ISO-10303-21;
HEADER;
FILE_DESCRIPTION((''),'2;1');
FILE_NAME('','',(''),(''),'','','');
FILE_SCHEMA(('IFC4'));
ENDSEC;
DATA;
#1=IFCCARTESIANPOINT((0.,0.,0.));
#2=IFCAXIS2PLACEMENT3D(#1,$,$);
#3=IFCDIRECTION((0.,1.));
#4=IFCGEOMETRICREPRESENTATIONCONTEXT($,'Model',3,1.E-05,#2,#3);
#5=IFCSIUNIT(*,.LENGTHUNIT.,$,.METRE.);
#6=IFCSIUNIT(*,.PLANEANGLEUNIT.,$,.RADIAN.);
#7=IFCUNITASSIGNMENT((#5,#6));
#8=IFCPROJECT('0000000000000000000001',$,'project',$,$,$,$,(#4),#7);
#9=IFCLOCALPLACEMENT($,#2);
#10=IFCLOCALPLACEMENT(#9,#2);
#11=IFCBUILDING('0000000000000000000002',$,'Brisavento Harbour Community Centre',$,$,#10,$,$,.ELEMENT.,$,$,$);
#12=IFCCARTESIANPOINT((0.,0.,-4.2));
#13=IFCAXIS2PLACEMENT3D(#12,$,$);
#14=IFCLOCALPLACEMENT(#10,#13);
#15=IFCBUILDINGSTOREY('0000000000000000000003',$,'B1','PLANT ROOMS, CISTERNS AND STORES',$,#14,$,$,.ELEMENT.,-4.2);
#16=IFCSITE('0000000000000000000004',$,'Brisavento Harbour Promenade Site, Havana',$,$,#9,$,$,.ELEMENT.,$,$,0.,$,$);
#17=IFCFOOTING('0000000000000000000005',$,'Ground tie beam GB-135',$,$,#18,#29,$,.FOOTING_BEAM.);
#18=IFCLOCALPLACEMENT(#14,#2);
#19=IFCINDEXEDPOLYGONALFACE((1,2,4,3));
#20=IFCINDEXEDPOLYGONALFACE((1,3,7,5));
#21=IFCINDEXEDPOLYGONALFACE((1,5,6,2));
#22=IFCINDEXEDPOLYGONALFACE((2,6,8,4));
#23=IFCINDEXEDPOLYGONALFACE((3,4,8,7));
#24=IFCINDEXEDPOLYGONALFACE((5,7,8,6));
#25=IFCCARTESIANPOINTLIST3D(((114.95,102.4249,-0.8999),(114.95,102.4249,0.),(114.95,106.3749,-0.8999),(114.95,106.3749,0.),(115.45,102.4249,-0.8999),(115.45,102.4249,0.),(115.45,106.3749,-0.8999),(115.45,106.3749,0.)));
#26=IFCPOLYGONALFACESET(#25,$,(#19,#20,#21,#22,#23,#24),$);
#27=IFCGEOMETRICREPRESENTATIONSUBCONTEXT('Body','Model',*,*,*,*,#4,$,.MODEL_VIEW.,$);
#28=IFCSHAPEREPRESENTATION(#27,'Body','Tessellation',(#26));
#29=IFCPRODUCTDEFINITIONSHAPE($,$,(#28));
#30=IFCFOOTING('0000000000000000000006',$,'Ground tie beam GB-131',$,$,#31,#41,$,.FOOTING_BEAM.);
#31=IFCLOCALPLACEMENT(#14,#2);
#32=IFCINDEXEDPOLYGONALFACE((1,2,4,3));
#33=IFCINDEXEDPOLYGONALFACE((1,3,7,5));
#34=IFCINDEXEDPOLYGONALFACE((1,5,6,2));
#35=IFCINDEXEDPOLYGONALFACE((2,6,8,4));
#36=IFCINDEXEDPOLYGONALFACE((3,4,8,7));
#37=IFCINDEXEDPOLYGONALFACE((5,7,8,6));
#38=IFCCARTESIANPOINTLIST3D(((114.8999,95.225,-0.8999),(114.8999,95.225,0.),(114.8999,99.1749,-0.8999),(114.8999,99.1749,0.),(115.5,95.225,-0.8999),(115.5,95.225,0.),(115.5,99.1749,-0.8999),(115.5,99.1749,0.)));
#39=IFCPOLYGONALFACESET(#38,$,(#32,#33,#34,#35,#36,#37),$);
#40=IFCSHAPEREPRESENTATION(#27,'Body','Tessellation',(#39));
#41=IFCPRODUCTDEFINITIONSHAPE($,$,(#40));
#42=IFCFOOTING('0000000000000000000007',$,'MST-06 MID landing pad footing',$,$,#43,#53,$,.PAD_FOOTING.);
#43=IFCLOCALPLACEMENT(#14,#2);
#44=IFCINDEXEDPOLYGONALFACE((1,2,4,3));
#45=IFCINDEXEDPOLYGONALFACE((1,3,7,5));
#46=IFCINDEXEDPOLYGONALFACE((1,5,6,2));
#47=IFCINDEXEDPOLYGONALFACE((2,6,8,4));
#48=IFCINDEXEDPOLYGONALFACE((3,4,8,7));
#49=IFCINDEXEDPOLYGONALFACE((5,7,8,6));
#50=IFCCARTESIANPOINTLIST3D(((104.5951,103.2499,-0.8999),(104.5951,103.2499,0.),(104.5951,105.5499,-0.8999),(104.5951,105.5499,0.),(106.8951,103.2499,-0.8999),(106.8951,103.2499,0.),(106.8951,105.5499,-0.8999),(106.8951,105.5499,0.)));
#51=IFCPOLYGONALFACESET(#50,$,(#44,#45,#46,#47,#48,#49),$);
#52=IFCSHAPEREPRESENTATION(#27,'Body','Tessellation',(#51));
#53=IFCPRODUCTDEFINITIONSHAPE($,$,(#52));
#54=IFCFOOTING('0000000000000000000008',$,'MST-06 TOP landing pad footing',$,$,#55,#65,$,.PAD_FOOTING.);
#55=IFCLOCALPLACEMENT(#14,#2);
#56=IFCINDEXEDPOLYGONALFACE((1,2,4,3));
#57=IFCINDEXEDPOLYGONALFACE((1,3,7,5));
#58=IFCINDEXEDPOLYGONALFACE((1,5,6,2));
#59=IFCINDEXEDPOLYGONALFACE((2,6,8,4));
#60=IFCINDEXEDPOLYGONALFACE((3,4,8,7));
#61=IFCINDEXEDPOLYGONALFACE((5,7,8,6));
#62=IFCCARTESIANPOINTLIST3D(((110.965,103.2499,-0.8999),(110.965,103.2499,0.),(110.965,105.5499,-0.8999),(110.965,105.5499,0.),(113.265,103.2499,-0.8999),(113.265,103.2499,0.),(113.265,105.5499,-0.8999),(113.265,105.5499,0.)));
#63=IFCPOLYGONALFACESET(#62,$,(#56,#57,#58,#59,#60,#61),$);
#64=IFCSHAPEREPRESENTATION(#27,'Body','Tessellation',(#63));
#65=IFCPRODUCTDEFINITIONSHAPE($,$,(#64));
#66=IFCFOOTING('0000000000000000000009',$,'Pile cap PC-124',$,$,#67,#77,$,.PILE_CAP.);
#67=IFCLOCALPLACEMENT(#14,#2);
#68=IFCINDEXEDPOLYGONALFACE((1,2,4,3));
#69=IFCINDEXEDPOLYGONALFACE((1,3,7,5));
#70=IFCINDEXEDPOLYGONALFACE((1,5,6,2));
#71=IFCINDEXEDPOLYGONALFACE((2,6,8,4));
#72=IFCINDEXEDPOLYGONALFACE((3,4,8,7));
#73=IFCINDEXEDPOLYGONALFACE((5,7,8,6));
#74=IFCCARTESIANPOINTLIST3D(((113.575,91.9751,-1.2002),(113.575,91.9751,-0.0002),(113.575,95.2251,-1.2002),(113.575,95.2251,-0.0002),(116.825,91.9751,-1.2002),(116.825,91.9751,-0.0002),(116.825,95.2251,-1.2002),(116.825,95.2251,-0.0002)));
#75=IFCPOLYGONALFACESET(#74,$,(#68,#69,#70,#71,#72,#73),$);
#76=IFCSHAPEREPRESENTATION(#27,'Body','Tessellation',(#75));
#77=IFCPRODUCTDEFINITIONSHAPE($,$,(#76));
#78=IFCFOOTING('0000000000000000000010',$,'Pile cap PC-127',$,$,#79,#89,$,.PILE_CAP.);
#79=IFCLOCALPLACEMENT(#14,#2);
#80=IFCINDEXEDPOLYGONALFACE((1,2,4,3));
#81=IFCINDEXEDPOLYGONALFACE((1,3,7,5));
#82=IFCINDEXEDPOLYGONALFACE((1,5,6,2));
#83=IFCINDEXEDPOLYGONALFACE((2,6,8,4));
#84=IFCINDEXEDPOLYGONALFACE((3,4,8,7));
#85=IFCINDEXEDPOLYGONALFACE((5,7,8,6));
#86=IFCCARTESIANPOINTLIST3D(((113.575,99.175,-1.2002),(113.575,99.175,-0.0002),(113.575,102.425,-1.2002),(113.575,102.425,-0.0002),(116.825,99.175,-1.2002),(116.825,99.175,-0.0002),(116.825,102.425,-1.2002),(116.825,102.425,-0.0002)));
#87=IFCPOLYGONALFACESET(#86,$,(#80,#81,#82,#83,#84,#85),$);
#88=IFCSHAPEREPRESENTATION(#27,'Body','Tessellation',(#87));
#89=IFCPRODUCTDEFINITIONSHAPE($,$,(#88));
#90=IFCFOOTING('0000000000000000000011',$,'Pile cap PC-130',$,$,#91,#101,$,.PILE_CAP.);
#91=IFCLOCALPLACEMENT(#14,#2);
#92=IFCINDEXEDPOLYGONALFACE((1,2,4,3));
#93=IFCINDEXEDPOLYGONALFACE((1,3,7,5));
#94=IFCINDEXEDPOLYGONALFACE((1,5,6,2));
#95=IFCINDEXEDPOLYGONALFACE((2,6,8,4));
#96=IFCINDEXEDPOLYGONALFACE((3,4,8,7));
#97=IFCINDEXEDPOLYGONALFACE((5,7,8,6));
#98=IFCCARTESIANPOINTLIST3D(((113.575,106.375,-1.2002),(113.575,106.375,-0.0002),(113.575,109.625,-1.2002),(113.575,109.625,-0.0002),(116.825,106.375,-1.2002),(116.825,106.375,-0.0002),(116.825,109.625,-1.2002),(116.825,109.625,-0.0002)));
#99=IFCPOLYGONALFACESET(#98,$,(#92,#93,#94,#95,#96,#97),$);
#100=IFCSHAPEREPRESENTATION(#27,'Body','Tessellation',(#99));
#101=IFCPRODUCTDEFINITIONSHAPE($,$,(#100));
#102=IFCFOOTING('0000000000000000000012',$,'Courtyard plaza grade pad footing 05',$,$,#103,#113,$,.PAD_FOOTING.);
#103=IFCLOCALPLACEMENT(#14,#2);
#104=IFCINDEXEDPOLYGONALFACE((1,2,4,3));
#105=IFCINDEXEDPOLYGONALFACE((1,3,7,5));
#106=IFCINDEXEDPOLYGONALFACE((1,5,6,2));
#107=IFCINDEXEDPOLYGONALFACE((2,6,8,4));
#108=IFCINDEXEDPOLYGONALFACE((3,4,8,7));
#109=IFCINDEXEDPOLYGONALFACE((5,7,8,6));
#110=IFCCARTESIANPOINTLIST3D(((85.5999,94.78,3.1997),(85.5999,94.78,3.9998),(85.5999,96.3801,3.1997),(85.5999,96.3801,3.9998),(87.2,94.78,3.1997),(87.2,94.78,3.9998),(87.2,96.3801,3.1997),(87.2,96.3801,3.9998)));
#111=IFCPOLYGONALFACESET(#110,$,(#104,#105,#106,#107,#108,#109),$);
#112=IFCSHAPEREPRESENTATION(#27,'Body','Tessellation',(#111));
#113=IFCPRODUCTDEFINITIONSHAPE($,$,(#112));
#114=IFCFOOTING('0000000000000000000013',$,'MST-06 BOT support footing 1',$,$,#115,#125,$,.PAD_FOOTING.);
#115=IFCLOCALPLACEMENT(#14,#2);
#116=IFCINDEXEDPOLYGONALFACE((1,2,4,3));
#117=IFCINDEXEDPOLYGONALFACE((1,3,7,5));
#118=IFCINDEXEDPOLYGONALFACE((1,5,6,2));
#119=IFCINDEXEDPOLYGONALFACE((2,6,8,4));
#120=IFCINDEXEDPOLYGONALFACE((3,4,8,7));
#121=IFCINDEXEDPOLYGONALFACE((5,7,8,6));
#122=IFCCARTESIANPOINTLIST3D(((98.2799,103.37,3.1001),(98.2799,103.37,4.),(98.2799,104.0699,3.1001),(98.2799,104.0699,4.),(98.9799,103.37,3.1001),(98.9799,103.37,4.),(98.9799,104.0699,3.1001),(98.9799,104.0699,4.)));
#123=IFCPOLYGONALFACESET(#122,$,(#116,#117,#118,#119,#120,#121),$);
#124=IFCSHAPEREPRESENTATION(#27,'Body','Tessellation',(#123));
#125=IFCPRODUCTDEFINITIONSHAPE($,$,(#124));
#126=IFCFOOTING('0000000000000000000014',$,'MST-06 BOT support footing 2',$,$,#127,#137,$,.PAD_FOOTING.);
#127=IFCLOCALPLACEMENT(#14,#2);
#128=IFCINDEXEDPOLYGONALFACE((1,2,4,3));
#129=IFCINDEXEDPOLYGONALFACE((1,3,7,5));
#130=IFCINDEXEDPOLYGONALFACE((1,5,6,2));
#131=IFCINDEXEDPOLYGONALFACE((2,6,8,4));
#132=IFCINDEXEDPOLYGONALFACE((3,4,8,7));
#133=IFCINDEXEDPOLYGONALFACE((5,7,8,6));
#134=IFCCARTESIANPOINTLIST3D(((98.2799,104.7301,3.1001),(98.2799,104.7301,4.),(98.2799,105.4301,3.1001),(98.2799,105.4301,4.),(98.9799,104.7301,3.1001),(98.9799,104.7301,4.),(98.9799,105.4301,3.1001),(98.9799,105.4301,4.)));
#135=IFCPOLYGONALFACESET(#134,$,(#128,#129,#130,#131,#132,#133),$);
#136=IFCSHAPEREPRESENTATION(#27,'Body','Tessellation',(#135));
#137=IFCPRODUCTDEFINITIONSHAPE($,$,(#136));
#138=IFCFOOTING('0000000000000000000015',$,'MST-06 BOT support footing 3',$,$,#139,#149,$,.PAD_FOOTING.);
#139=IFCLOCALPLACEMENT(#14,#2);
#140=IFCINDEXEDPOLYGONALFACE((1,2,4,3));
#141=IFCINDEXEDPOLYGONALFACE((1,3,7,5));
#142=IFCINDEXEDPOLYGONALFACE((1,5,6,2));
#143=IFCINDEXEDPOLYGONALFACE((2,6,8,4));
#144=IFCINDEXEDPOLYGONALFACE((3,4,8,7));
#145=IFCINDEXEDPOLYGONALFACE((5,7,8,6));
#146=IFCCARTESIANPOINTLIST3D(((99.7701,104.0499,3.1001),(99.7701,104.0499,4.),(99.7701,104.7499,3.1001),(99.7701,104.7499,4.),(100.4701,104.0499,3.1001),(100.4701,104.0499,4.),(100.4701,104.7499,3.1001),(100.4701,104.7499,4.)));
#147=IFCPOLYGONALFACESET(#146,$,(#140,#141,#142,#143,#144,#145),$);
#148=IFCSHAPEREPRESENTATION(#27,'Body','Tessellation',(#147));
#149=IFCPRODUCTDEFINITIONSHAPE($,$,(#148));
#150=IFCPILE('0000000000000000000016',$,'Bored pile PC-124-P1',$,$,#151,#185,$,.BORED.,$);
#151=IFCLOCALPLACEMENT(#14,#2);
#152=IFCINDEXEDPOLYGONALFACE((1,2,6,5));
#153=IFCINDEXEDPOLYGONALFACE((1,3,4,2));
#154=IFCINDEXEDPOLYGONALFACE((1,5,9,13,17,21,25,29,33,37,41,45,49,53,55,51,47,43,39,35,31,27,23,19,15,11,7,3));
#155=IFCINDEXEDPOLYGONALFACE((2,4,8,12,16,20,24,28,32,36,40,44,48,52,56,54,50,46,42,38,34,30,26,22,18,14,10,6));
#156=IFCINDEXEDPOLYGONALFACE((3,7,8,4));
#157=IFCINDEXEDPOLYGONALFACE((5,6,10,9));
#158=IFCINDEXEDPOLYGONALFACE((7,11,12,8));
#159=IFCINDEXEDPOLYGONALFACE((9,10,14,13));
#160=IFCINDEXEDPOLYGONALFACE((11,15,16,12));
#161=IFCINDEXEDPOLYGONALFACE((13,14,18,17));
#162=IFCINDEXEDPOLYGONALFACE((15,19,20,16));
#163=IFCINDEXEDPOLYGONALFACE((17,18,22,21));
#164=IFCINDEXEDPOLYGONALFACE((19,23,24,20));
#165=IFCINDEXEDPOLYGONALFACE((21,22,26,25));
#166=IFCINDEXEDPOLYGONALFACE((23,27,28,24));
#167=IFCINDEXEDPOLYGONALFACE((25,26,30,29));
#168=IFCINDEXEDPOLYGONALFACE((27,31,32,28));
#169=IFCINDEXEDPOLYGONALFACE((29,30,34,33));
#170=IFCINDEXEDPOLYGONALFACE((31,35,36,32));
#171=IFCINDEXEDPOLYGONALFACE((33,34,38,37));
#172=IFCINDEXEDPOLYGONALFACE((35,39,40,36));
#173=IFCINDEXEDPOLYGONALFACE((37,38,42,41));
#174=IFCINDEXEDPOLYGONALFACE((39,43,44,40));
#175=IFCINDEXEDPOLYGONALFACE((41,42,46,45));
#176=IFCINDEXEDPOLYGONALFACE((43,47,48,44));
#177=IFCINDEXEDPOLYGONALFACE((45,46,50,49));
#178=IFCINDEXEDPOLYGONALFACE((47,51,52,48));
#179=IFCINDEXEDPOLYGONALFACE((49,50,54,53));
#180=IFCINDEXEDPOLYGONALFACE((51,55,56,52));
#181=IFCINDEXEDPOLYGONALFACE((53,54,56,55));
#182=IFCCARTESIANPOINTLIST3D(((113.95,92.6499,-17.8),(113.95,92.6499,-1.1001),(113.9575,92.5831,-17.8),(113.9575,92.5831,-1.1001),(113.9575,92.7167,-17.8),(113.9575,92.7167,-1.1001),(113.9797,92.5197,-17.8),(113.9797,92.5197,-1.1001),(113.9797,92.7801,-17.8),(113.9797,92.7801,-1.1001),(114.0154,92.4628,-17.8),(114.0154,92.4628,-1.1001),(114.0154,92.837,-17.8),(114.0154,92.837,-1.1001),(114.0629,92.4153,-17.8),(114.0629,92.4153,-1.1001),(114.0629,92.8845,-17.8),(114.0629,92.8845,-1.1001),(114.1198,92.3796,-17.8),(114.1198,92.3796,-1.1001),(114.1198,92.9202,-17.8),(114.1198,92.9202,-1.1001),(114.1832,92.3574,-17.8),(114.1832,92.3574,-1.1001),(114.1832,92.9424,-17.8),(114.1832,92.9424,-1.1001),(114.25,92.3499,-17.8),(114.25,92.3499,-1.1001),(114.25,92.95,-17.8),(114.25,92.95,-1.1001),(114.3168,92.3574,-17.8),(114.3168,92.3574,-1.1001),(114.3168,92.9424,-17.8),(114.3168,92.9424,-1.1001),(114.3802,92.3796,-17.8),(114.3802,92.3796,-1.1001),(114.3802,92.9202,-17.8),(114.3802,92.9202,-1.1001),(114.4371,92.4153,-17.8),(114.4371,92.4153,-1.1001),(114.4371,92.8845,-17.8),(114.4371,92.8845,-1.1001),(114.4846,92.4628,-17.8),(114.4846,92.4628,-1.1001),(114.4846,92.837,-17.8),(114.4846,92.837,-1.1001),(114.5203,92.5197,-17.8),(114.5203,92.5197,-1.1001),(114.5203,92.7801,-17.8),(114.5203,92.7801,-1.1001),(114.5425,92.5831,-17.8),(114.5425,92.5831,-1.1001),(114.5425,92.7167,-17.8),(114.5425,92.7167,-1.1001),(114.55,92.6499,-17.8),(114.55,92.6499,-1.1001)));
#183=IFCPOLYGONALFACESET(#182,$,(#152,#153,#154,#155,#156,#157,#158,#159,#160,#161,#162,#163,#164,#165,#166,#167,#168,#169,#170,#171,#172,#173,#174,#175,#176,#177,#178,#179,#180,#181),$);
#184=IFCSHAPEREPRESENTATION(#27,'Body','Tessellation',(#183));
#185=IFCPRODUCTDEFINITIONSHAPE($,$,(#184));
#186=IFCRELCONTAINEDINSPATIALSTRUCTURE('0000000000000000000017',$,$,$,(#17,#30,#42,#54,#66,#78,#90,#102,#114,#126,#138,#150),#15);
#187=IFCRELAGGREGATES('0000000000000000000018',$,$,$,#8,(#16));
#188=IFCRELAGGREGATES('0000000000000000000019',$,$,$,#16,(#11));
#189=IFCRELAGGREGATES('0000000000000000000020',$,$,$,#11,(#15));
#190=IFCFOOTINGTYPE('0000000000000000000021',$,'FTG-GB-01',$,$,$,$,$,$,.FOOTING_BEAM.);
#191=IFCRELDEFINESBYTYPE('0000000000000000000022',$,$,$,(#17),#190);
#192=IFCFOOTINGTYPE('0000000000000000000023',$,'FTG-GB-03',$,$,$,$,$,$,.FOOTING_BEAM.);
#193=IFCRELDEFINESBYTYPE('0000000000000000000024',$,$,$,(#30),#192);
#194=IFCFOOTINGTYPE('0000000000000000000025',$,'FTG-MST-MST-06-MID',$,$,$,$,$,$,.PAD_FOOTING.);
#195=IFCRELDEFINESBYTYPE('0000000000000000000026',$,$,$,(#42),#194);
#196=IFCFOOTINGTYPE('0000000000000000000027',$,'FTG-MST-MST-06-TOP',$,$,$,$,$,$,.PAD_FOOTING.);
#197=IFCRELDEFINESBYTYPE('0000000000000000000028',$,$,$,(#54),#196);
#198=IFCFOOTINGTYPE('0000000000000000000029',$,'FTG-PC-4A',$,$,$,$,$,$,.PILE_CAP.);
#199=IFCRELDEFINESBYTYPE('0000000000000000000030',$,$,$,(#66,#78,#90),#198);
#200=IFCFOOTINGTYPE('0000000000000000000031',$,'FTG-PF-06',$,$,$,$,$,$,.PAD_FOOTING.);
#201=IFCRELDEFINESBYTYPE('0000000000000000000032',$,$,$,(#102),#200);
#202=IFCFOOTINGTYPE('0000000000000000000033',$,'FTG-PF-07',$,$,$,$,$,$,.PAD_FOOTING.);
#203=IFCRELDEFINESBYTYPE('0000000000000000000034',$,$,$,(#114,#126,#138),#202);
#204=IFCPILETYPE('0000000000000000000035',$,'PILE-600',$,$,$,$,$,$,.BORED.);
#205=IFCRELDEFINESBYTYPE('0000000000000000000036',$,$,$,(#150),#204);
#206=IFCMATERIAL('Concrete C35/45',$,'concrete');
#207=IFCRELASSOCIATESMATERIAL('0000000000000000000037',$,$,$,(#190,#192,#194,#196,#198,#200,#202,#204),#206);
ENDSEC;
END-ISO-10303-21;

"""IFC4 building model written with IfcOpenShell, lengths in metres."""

from ifc_helpers import new_model, si_unit, direction, frame, origin, origin_2d, place, context, subcontext, project, spatial, rectangle, circle, extrude, material, material_profile, profile_set, type_object, element, save


model = new_model("IFC4")

# Units and contexts
model_context = context("Model", 3, precision=1e-05, world=origin(), true_north=direction((0.0, 1.0)))
body_context = subcontext(model_context, "Body", "Model", "MODEL_VIEW")
ifc_project = project(units=[si_unit("LENGTHUNIT", "METRE"), si_unit("PLANEANGLEUNIT", "RADIAN")], contexts=[model_context])

# Site, building, storey
site_placement = place(None, origin())
site = spatial("IfcSite", under=ifc_project, at=site_placement, Name="Brisavento Harbour Promenade Site, Havana", CompositionType="ELEMENT", RefElevation=0.0)
building_placement = place(site_placement, origin())
building = spatial("IfcBuilding", under=site, at=building_placement, Name="Brisavento Harbour Community Centre", CompositionType="ELEMENT")
storey_placement = place(building_placement, frame((0.0, 0.0, -4.2)))
storey = spatial("IfcBuildingStorey", under=building, at=storey_placement, Name="B1", Description="PLANT ROOMS, CISTERNS AND STORES", CompositionType="ELEMENT", Elevation=-4.2)

# Footings
ifc_material_1 = material(Name="Concrete C35/45", Category="concrete")
footing_type_1 = type_object("IfcFootingType", Name="FTG-GB-01", PredefinedType="FOOTING_BEAM", material=ifc_material_1)
footing_1_placement = place(storey_placement, frame((115.2, 104.3999, -0.8999), z_axis=(0.0, 0.0, 1.0), x_axis=(1.0, 0.0, 0.0)))
element("IfcFooting", 1, at=footing_1_placement, inside=storey, type_object=footing_type_1, Name="Ground tie beam GB-135", PredefinedType="FOOTING_BEAM", context=body_context, shape_type="SweptSolid", body=[
    extrude(rectangle(XDim=0.5, YDim=3.95, at=origin_2d()), origin(), (0.0, 0.0, 1.0), 0.8999),
])
footing_type_2 = type_object("IfcFootingType", Name="FTG-GB-03", PredefinedType="FOOTING_BEAM", material=ifc_material_1)
footing_2_placement = place(storey_placement, frame((115.2, 97.2, -0.8999), z_axis=(0.0, 0.0, 1.0), x_axis=(1.0, 0.0, 0.0)))
element("IfcFooting", 2, at=footing_2_placement, inside=storey, type_object=footing_type_2, Name="Ground tie beam GB-131", PredefinedType="FOOTING_BEAM", context=body_context, shape_type="SweptSolid", body=[
    extrude(rectangle(XDim=0.6001, YDim=3.95, at=origin_2d()), origin(), (0.0, 0.0, 1.0), 0.8999),
])
footing_type_3 = type_object("IfcFootingType", Name="FTG-MST-MST-06-MID", PredefinedType="PAD_FOOTING", material=ifc_material_1)
footing_3_placement = place(storey_placement, frame((105.7451, 104.3999, -0.8999), z_axis=(0.0, 0.0, 1.0), x_axis=(1.0, 0.0, 0.0)))
element("IfcFooting", 3, at=footing_3_placement, inside=storey, type_object=footing_type_3, Name="MST-06 MID landing pad footing", PredefinedType="PAD_FOOTING", context=body_context, shape_type="SweptSolid", body=[
    extrude(rectangle(XDim=2.3, YDim=2.3, at=origin_2d()), origin(), (0.0, 0.0, 1.0), 0.8999),
])
footing_type_4 = type_object("IfcFootingType", Name="FTG-MST-MST-06-TOP", PredefinedType="PAD_FOOTING", material=ifc_material_1)
footing_4_placement = place(storey_placement, frame((112.115, 104.3999, -0.8999), z_axis=(0.0, 0.0, 1.0), x_axis=(1.0, 0.0, 0.0)))
element("IfcFooting", 4, at=footing_4_placement, inside=storey, type_object=footing_type_4, Name="MST-06 TOP landing pad footing", PredefinedType="PAD_FOOTING", context=body_context, shape_type="SweptSolid", body=[
    extrude(rectangle(XDim=2.3, YDim=2.3, at=origin_2d()), origin(), (0.0, 0.0, 1.0), 0.8999),
])
footing_type_5 = type_object("IfcFootingType", Name="FTG-PC-4A", PredefinedType="PILE_CAP", material=ifc_material_1)
for number, where, z_axis, x_axis, name in (
    (5, (115.2, 93.6001, -1.2002), (0.0, 0.0, 1.0), (1.0, 0.0, 0.0), "Pile cap PC-124"),
    (6, (115.2, 100.8, -1.2002), (0.0, 0.0, 1.0), (1.0, 0.0, 0.0), "Pile cap PC-127"),
    (7, (115.2, 108.0, -1.2002), (0.0, 0.0, 1.0), (1.0, 0.0, 0.0), "Pile cap PC-130"),
):
    element("IfcFooting", number, at=place(storey_placement, frame(where, z_axis=z_axis, x_axis=x_axis)), inside=storey, type_object=footing_type_5, Name=name, PredefinedType="PILE_CAP", context=body_context, shape_type="SweptSolid", body=[
        extrude(rectangle(XDim=3.25, YDim=3.25, at=origin_2d()), origin(), (0.0, 0.0, 1.0), 1.2),
    ])
footing_type_6 = type_object("IfcFootingType", Name="FTG-PF-06", PredefinedType="PAD_FOOTING", material=ifc_material_1)
footing_5_placement = place(storey_placement, frame((86.3999, 95.5801, 3.1997), z_axis=(0.0, 0.0, 1.0), x_axis=(1.0, 0.0, 0.0)))
element("IfcFooting", 8, at=footing_5_placement, inside=storey, type_object=footing_type_6, Name="Courtyard plaza grade pad footing 05", PredefinedType="PAD_FOOTING", context=body_context, shape_type="SweptSolid", body=[
    extrude(rectangle(XDim=1.6001, YDim=1.6001, at=origin_2d()), origin(), (0.0, 0.0, 1.0), 0.8),
])
footing_type_7 = type_object("IfcFootingType", Name="FTG-PF-07", PredefinedType="PAD_FOOTING", material=ifc_material_1)
for number, where, z_axis, x_axis, name in (
    (9, (98.6299, 103.72, 3.1001), (0.0, 0.0, 1.0), (1.0, 0.0, 0.0), "MST-06 BOT support footing 1"),
    (10, (98.6299, 105.0801, 3.1001), (0.0, 0.0, 1.0), (1.0, 0.0, 0.0), "MST-06 BOT support footing 2"),
    (11, (100.1201, 104.3999, 3.1001), (0.0, 0.0, 1.0), (1.0, 0.0, 0.0), "MST-06 BOT support footing 3"),
):
    element("IfcFooting", number, at=place(storey_placement, frame(where, z_axis=z_axis, x_axis=x_axis)), inside=storey, type_object=footing_type_7, Name=name, PredefinedType="PAD_FOOTING", context=body_context, shape_type="SweptSolid", body=[
        extrude(rectangle(XDim=0.7, YDim=0.7, at=origin_2d()), origin(), (0.0, 0.0, 1.0), 0.8999),
    ])

# Pile
ifc_material_profile_1 = material_profile(ifc_material_1, circle(Radius=0.3, at=origin_2d()), Name="Concrete C35/45")
ifc_profile_set_1 = profile_set([ifc_material_profile_1], Name="Concrete C35/45")
pile_type = type_object("IfcPileType", Name="PILE-600", PredefinedType="BORED", material=ifc_profile_set_1)
for number, where, z_axis, x_axis, name in (
    (12, (114.25, 92.6499, -1.1001), (0.0, 0.0, -1.0), (1.0, 0.0, 0.0), "Bored pile PC-124-P1"),
):
    element("IfcPile", number, at=place(storey_placement, frame(where, z_axis=z_axis, x_axis=x_axis)), inside=storey, type_object=pile_type, Name=name, PredefinedType="BORED", context=body_context, shape_type="SweptSolid", body=[
        extrude(circle(Radius=0.3, at=origin_2d()), origin(), (0.0, 0.0, 1.0), 16.7),
    ])

save(model, "model.ifc")
